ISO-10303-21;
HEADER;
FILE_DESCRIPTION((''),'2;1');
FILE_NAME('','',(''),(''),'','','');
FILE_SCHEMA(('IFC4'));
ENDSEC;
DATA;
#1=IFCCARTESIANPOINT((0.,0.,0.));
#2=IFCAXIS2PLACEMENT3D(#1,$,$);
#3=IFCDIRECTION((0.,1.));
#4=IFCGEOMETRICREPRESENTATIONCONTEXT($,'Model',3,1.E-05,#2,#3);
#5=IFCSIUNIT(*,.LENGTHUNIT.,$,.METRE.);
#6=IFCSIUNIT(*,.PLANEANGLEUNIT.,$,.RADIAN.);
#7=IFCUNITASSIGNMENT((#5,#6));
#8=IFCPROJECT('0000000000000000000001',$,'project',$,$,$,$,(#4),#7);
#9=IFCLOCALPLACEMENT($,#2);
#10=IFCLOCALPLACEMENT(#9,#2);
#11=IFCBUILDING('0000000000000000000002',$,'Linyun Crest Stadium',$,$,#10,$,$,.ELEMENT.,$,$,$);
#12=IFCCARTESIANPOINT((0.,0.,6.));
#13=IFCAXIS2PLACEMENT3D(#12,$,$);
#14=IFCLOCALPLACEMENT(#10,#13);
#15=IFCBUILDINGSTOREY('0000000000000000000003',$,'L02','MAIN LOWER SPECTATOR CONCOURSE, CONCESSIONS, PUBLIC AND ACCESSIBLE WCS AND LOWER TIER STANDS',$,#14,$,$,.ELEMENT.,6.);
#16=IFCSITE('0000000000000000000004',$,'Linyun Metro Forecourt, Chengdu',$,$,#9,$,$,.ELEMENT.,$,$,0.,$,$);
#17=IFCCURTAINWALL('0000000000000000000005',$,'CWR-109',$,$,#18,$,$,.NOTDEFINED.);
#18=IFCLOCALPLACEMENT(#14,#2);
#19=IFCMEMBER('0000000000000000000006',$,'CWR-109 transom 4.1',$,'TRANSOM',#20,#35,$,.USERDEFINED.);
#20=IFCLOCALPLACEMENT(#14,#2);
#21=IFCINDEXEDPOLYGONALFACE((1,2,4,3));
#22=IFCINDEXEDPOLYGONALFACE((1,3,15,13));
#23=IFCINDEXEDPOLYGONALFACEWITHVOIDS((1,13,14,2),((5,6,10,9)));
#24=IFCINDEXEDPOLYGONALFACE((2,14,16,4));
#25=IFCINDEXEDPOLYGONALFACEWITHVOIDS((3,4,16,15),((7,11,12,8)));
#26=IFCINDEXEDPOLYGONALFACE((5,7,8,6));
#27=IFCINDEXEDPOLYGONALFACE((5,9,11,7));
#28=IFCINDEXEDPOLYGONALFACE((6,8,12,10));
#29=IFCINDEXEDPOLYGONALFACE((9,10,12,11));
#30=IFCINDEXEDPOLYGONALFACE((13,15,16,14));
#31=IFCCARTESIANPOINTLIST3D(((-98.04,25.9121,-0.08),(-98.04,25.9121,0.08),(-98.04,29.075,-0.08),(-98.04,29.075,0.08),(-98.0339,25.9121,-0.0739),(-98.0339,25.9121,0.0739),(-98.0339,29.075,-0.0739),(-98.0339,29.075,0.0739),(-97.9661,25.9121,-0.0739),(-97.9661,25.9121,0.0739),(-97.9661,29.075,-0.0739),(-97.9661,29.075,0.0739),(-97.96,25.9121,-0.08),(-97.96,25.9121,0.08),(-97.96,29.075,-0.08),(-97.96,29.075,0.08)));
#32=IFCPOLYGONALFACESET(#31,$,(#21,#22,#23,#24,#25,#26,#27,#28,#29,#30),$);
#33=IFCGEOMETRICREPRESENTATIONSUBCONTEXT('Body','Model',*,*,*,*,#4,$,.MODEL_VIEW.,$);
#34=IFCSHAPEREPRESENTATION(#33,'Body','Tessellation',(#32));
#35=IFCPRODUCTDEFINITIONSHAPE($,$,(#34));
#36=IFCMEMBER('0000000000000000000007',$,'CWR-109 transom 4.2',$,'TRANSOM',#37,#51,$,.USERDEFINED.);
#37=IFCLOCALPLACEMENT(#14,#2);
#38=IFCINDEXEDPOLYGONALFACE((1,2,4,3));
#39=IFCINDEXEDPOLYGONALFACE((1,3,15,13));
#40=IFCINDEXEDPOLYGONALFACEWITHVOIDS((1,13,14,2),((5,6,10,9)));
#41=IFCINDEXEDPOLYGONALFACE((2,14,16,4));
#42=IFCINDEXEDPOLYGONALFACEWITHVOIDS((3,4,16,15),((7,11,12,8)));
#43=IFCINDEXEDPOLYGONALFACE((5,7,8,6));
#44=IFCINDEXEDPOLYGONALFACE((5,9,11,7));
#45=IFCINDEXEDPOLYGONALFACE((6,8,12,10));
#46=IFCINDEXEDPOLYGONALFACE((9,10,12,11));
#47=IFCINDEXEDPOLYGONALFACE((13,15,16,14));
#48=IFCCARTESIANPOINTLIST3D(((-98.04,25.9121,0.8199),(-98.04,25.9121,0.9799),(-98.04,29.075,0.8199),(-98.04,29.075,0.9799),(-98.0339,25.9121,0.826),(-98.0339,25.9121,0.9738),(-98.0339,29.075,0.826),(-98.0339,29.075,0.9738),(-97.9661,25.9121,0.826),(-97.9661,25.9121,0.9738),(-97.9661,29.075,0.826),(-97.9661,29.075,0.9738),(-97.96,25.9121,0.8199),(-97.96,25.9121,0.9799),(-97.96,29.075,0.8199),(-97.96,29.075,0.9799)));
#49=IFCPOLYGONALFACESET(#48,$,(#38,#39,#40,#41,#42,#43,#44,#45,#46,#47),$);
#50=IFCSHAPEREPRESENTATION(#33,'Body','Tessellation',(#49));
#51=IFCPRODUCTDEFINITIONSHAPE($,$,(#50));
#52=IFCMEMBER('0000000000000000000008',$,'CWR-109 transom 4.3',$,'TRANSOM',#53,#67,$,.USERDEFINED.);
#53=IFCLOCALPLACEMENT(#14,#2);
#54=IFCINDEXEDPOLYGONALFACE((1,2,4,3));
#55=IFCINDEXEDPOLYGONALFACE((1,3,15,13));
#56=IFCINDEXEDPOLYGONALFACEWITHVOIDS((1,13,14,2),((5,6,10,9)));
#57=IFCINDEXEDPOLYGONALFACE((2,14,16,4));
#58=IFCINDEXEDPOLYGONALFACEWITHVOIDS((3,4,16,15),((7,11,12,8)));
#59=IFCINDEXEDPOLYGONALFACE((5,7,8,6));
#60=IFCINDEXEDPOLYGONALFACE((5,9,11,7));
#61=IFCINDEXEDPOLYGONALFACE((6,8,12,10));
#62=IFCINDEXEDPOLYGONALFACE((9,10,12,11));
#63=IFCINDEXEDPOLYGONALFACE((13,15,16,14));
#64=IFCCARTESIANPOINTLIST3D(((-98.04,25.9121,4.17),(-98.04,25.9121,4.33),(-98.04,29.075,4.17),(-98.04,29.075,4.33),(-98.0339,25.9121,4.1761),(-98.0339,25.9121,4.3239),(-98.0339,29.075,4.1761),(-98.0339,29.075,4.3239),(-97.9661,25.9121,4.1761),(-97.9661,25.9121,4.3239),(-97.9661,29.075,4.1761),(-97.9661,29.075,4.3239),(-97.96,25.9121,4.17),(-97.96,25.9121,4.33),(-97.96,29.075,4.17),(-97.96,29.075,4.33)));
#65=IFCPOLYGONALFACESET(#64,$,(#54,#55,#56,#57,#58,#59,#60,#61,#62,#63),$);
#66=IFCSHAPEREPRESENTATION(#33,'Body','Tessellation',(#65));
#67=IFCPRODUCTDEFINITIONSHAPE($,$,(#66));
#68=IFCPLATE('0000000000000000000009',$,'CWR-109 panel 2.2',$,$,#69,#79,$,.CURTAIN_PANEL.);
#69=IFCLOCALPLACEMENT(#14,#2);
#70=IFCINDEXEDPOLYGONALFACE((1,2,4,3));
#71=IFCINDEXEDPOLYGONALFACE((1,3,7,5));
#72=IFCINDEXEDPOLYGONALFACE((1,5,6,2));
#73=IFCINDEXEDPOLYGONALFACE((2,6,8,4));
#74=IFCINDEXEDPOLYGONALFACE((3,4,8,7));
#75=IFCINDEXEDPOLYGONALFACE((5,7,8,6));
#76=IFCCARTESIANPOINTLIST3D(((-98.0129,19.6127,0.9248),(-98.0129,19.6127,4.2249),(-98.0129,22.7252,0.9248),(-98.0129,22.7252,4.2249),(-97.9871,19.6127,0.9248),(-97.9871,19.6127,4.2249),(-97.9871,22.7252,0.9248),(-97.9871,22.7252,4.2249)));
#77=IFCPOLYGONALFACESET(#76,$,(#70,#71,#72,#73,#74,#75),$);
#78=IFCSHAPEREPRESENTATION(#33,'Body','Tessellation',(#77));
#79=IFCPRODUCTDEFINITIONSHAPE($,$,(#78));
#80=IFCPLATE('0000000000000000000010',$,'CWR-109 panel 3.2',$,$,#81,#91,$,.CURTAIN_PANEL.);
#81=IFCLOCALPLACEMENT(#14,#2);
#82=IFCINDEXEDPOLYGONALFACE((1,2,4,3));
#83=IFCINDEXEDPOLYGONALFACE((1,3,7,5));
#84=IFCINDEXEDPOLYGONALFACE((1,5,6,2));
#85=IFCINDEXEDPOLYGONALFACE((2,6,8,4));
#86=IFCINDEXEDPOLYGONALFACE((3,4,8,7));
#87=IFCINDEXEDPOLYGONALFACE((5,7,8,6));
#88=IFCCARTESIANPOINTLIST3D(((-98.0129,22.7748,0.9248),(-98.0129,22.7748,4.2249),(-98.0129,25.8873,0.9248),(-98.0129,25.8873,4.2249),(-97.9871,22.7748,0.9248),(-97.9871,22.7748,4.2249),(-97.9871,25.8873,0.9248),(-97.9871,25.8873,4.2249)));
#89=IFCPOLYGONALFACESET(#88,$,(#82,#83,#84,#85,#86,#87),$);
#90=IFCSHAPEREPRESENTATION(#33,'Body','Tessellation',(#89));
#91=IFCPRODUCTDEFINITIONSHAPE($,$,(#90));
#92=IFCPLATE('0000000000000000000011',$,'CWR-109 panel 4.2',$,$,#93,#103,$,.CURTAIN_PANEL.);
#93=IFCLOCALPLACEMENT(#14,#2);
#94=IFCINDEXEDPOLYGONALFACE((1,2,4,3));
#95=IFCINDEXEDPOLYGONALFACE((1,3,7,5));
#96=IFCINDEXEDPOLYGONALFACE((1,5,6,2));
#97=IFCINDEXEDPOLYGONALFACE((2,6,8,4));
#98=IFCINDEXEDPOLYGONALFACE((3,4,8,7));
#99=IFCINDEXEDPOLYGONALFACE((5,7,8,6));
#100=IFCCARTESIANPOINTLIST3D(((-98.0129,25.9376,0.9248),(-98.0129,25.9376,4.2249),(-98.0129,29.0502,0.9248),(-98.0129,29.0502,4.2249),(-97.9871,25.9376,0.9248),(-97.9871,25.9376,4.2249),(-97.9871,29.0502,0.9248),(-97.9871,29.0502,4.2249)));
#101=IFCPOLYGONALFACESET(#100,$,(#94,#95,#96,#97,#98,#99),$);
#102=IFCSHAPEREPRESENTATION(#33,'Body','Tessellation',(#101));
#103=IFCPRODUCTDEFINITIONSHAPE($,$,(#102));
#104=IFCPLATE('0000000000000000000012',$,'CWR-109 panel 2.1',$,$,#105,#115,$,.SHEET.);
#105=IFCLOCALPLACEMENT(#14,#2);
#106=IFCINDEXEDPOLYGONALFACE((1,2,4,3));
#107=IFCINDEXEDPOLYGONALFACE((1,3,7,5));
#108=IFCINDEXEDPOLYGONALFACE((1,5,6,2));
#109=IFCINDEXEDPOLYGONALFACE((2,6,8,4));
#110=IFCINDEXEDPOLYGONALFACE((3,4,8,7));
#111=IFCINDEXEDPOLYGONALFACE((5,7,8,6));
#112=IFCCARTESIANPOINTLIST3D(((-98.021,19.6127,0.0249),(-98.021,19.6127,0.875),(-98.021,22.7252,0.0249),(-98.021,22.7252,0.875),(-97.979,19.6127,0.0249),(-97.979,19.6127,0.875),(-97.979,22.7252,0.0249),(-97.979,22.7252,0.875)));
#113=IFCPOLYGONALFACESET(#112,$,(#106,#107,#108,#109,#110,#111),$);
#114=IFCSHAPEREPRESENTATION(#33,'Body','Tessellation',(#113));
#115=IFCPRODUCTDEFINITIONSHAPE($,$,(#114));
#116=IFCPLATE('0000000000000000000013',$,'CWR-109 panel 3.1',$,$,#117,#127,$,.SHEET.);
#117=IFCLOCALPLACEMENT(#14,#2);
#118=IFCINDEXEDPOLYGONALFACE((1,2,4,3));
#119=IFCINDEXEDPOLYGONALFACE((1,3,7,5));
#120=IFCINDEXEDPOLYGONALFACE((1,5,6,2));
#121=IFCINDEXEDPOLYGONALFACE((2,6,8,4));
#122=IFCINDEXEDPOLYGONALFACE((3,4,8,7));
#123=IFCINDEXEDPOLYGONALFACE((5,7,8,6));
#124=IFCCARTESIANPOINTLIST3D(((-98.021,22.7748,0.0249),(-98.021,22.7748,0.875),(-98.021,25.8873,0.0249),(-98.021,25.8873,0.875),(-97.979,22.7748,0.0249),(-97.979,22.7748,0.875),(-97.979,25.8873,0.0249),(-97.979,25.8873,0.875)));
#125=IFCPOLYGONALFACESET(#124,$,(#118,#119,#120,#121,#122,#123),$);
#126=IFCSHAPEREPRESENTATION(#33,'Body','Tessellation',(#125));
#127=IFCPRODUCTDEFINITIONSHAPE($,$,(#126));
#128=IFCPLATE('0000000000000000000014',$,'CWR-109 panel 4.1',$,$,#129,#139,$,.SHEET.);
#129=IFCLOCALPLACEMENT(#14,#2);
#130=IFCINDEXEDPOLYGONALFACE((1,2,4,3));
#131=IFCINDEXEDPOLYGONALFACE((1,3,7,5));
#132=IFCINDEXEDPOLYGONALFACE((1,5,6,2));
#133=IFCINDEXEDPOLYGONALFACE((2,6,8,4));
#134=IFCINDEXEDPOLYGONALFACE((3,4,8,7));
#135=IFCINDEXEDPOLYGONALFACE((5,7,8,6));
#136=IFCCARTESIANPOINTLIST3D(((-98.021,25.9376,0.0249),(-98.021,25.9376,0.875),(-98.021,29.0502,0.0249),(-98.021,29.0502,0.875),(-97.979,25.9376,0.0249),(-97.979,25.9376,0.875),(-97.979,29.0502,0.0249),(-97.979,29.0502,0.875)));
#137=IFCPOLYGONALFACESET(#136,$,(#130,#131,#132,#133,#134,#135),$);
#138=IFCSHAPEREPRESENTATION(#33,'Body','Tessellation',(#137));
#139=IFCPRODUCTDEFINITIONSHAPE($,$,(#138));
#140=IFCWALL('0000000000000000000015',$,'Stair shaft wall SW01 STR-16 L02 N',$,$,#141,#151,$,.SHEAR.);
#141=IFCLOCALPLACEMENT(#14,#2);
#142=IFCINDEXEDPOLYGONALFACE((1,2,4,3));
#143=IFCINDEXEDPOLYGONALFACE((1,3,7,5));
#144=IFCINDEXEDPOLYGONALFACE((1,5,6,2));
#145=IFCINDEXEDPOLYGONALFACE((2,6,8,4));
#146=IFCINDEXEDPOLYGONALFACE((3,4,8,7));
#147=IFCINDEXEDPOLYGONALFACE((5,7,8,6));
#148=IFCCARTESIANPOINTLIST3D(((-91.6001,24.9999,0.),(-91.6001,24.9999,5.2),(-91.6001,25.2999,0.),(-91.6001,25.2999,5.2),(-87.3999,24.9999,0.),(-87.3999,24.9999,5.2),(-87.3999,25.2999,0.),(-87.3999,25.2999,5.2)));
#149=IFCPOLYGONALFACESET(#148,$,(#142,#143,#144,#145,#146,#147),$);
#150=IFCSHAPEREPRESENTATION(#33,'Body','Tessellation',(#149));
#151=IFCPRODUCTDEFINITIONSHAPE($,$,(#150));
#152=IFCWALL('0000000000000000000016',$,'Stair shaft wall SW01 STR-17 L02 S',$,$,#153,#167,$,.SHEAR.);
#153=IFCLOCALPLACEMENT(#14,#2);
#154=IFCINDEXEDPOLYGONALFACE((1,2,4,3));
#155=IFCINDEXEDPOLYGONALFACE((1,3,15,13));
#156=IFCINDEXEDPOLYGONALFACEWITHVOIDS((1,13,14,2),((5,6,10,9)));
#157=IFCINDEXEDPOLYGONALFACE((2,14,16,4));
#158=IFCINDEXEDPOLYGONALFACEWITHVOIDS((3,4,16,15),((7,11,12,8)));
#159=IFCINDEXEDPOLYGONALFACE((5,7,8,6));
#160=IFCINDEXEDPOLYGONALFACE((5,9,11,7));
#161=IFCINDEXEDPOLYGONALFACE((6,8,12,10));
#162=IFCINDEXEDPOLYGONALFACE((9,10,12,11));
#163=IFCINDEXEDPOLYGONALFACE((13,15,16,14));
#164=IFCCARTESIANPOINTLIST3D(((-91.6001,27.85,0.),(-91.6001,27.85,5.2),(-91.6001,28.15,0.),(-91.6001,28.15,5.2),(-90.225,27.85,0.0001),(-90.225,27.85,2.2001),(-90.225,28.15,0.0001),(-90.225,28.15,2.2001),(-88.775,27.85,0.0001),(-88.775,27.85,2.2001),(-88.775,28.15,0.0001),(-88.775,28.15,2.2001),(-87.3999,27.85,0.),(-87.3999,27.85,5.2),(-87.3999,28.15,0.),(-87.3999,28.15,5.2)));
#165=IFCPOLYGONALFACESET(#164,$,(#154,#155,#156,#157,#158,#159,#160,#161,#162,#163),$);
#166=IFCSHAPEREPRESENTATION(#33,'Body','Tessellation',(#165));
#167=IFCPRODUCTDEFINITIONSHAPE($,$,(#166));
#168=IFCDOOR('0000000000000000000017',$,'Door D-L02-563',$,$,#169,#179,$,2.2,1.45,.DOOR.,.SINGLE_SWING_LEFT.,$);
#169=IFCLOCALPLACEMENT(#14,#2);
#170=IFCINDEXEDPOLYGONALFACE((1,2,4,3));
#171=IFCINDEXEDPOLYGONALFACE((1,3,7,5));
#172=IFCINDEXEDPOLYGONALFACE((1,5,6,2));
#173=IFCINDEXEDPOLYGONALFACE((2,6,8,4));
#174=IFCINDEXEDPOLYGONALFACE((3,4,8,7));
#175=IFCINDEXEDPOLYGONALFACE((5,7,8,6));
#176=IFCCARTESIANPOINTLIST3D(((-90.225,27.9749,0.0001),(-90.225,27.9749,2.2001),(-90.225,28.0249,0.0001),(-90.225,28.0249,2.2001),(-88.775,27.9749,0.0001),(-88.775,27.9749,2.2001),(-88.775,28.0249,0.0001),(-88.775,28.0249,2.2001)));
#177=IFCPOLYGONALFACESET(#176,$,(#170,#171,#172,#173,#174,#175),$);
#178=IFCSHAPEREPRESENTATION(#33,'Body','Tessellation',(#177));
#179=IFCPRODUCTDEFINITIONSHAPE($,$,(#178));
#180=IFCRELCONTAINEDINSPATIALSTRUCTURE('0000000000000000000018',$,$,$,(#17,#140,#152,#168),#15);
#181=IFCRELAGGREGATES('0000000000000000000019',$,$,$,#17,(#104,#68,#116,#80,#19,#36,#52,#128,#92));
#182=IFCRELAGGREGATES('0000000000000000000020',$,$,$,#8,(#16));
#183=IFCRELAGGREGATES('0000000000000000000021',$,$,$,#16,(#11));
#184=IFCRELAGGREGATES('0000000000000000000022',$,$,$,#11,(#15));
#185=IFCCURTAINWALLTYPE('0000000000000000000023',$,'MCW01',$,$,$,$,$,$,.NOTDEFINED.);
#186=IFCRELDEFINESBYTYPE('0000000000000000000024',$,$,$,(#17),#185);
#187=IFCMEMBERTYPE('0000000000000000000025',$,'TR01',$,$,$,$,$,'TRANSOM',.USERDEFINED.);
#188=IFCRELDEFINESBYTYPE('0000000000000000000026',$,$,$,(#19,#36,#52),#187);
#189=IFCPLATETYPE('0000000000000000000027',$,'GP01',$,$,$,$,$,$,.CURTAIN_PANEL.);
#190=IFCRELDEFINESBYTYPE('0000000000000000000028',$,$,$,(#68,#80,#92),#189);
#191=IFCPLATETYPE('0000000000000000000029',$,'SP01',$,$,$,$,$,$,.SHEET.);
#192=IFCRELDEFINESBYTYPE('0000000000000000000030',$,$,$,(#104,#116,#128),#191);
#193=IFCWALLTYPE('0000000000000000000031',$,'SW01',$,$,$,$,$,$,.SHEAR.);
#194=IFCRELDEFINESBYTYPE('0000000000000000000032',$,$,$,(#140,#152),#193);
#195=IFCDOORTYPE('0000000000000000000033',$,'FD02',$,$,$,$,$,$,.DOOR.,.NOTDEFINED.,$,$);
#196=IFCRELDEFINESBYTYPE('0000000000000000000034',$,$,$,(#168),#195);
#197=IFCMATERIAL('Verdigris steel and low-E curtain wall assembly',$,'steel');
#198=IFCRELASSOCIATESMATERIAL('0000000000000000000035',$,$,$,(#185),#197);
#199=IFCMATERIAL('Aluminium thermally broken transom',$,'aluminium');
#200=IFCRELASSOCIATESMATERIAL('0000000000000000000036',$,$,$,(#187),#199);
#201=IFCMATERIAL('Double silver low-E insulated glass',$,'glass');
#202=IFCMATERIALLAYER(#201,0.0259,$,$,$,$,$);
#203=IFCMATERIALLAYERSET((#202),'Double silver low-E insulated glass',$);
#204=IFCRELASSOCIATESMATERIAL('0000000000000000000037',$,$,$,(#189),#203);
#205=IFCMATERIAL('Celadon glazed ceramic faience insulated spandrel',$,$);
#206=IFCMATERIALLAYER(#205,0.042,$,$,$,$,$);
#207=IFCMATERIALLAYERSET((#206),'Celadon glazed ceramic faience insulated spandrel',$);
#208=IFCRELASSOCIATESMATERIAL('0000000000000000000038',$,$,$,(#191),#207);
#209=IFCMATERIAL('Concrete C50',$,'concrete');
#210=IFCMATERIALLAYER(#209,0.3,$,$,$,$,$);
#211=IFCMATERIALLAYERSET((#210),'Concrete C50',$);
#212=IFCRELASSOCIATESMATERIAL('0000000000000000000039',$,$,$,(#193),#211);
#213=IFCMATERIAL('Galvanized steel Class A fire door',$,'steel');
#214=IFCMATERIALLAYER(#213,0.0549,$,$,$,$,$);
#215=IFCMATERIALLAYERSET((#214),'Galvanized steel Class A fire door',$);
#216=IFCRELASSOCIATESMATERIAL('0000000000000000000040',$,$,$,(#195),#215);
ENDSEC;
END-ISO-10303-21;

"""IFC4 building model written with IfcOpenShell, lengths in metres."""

from ifc_helpers import new_model, si_unit, direction, frame, frame_2d, origin, origin_2d, place, context, subcontext, project, spatial, rectangle, hollow_rectangle, extrude, material, layer, layer_set, material_profile, profile_set, type_object, element, fill, aggregate, save


model = new_model("IFC4")

# Units and contexts
model_context = context("Model", 3, precision=1e-05, world=origin(), true_north=direction((0.0, 1.0)))
body_context = subcontext(model_context, "Body", "Model", "MODEL_VIEW")
ifc_project = project(units=[si_unit("LENGTHUNIT", "METRE"), si_unit("PLANEANGLEUNIT", "RADIAN")], contexts=[model_context])

# Site, building, storey
site_placement = place(None, origin())
site = spatial("IfcSite", under=ifc_project, at=site_placement, Name="Linyun Metro Forecourt, Chengdu", CompositionType="ELEMENT", RefElevation=0.0)
building_placement = place(site_placement, origin())
building = spatial("IfcBuilding", under=site, at=building_placement, Name="Linyun Crest Stadium", CompositionType="ELEMENT")
storey_placement = place(building_placement, frame((0.0, 0.0, 6.0)))
storey = spatial("IfcBuildingStorey", under=building, at=storey_placement, Name="L02", Description="MAIN LOWER SPECTATOR CONCOURSE, CONCESSIONS, PUBLIC AND ACCESSIBLE WCS AND LOWER TIER STANDS", CompositionType="ELEMENT", Elevation=6.0)

# Curtain wall
ifc_material_1 = material(Name="Verdigris steel and low-E curtain wall assembly", Category="steel")
curtain_wall_type = type_object("IfcCurtainWallType", Name="MCW01", PredefinedType="NOTDEFINED", material=ifc_material_1)
curtain_wall_1_placement = place(storey_placement, origin())
curtain_wall_1 = element("IfcCurtainWall", 1, at=curtain_wall_1_placement, inside=storey, type_object=curtain_wall_type, Name="CWR-109", PredefinedType="NOTDEFINED")

# Members
ifc_material_2 = material(Name="Aluminium thermally broken transom", Category="aluminium")
ifc_material_profile_1 = material_profile(ifc_material_2, hollow_rectangle(XDim=0.0801, YDim=0.1599, WallThickness=0.0061, at=origin_2d()), Name="RHS 160x80x6")
ifc_profile_set_1 = profile_set([ifc_material_profile_1], Name="Aluminium thermally broken transom")
member_type_1 = type_object("IfcMemberType", Name="TR01", ElementType="TRANSOM", PredefinedType="USERDEFINED", material=ifc_profile_set_1)
member_1_placement = place(storey_placement, frame((-98.0, 25.9121, 0.0), z_axis=(0.0, 1.0, 0.0), x_axis=(-1.0, 0.0, 0.0)))
member_1 = element("IfcMember", 2, at=member_1_placement, type_object=member_type_1, Name="CWR-109 transom 4.1", ObjectType="TRANSOM", PredefinedType="USERDEFINED", context=body_context, shape_type="SweptSolid", body=[
    extrude(hollow_rectangle(XDim=0.0801, YDim=0.1599, WallThickness=0.0061, at=origin_2d()), origin(), (0.0, 0.0, 1.0), 3.1628),
])
member_2_placement = place(storey_placement, frame((-98.0, 25.9121, 0.8999), z_axis=(0.0, 1.0, 0.0), x_axis=(-1.0, 0.0, 0.0)))
member_2 = element("IfcMember", 3, at=member_2_placement, type_object=member_type_1, Name="CWR-109 transom 4.2", ObjectType="TRANSOM", PredefinedType="USERDEFINED", context=body_context, shape_type="SweptSolid", body=[
    extrude(hollow_rectangle(XDim=0.0801, YDim=0.1599, WallThickness=0.0061, at=origin_2d()), origin(), (0.0, 0.0, 1.0), 3.1628),
])
member_3_placement = place(storey_placement, frame((-98.0, 25.9121, 4.25), z_axis=(0.0, 1.0, 0.0), x_axis=(-1.0, 0.0, 0.0)))
member_3 = element("IfcMember", 4, at=member_3_placement, type_object=member_type_1, Name="CWR-109 transom 4.3", ObjectType="TRANSOM", PredefinedType="USERDEFINED", context=body_context, shape_type="SweptSolid", body=[
    extrude(hollow_rectangle(XDim=0.0801, YDim=0.1599, WallThickness=0.0061, at=origin_2d()), origin(), (0.0, 0.0, 1.0), 3.1628),
])

# Plates
ifc_material_3 = material(Name="Double silver low-E insulated glass", Category="glass")
ifc_layer_1 = layer(ifc_material_3, 0.0259)
ifc_layer_set_1 = layer_set([ifc_layer_1], Name="Double silver low-E insulated glass")
plate_type_1 = type_object("IfcPlateType", Name="GP01", PredefinedType="CURTAIN_PANEL", material=ifc_layer_set_1)
plate_1_placement = place(storey_placement, frame((-98.0, 21.1689, 0.9248), z_axis=(0.0, 0.0, 1.0), x_axis=(0.0, 1.0, 0.0)))
plate_1 = element("IfcPlate", 5, at=plate_1_placement, type_object=plate_type_1, Name="CWR-109 panel 2.2", PredefinedType="CURTAIN_PANEL", context=body_context, shape_type="SweptSolid", body=[
    extrude(rectangle(XDim=3.1125, YDim=0.0259, at=origin_2d()), origin(), (0.0, 0.0, 1.0), 3.3),
])
plate_2_placement = place(storey_placement, frame((-98.0, 24.3311, 0.9248), z_axis=(0.0, 0.0, 1.0), x_axis=(0.0, 1.0, 0.0)))
plate_2 = element("IfcPlate", 6, at=plate_2_placement, type_object=plate_type_1, Name="CWR-109 panel 3.2", PredefinedType="CURTAIN_PANEL", context=body_context, shape_type="SweptSolid", body=[
    extrude(rectangle(XDim=3.1125, YDim=0.0259, at=origin_2d()), origin(), (0.0, 0.0, 1.0), 3.3),
])
plate_3_placement = place(storey_placement, frame((-98.0, 27.4939, 0.9248), z_axis=(0.0, 0.0, 1.0), x_axis=(0.0, 1.0, 0.0)))
plate_3 = element("IfcPlate", 7, at=plate_3_placement, type_object=plate_type_1, Name="CWR-109 panel 4.2", PredefinedType="CURTAIN_PANEL", context=body_context, shape_type="SweptSolid", body=[
    extrude(rectangle(XDim=3.1125, YDim=0.0259, at=origin_2d()), origin(), (0.0, 0.0, 1.0), 3.3),
])
ifc_material_4 = material(Name="Celadon glazed ceramic faience insulated spandrel")
ifc_layer_2 = layer(ifc_material_4, 0.042)
ifc_layer_set_2 = layer_set([ifc_layer_2], Name="Celadon glazed ceramic faience insulated spandrel")
plate_type_2 = type_object("IfcPlateType", Name="SP01", PredefinedType="SHEET", material=ifc_layer_set_2)
plate_4_placement = place(storey_placement, frame((-98.0, 21.1689, 0.0249), z_axis=(0.0, 0.0, 1.0), x_axis=(0.0, 1.0, 0.0)))
plate_4 = element("IfcPlate", 8, at=plate_4_placement, type_object=plate_type_2, Name="CWR-109 panel 2.1", PredefinedType="SHEET", context=body_context, shape_type="SweptSolid", body=[
    extrude(rectangle(XDim=3.1125, YDim=0.042, at=origin_2d()), origin(), (0.0, 0.0, 1.0), 0.8501),
])
plate_5_placement = place(storey_placement, frame((-98.0, 24.3311, 0.0249), z_axis=(0.0, 0.0, 1.0), x_axis=(0.0, 1.0, 0.0)))
plate_5 = element("IfcPlate", 9, at=plate_5_placement, type_object=plate_type_2, Name="CWR-109 panel 3.1", PredefinedType="SHEET", context=body_context, shape_type="SweptSolid", body=[
    extrude(rectangle(XDim=3.1125, YDim=0.042, at=origin_2d()), origin(), (0.0, 0.0, 1.0), 0.8501),
])
plate_6_placement = place(storey_placement, frame((-98.0, 27.4939, 0.0249), z_axis=(0.0, 0.0, 1.0), x_axis=(0.0, 1.0, 0.0)))
plate_6 = element("IfcPlate", 10, at=plate_6_placement, type_object=plate_type_2, Name="CWR-109 panel 4.1", PredefinedType="SHEET", context=body_context, shape_type="SweptSolid", body=[
    extrude(rectangle(XDim=3.1125, YDim=0.042, at=origin_2d()), origin(), (0.0, 0.0, 1.0), 0.8501),
])
aggregate(curtain_wall_1, [plate_4, plate_1, plate_5, plate_2, member_1, member_2, member_3, plate_6, plate_3])

# Wall
ifc_material_5 = material(Name="Concrete C50", Category="concrete")
ifc_layer_3 = layer(ifc_material_5, 0.3)
ifc_layer_set_3 = layer_set([ifc_layer_3], Name="Concrete C50")
wall_type = type_object("IfcWallType", Name="SW01", PredefinedType="SHEAR", material=ifc_layer_set_3)
wall_1_placement = place(storey_placement, frame((-91.6001, 25.1499, 0.0), z_axis=(0.0, 0.0, 1.0), x_axis=(1.0, 0.0, 0.0)))
element("IfcWall", 11, at=wall_1_placement, inside=storey, type_object=wall_type, Name="Stair shaft wall SW01 STR-16 L02 N", PredefinedType="SHEAR", context=body_context, shape_type="SweptSolid", body=[
    extrude(rectangle(XDim=4.2002, YDim=0.3, at=frame_2d((2.1001, 0.0))), origin(), (0.0, 0.0, 1.0), 5.2),
])

# Wall, opening, door
wall_2_placement = place(storey_placement, frame((-91.6001, 28.0, 0.0), z_axis=(0.0, 0.0, 1.0), x_axis=(1.0, 0.0, 0.0)))
wall_2 = element("IfcWall", 12, at=wall_2_placement, inside=storey, type_object=wall_type, Name="Stair shaft wall SW01 STR-17 L02 S", PredefinedType="SHEAR", context=body_context, shape_type="SweptSolid", body=[
    extrude(rectangle(XDim=4.2002, YDim=0.3, at=frame_2d((2.1001, 0.0))), origin(), (0.0, 0.0, 1.0), 5.2),
])
opening_placement = place(wall_2_placement, frame((1.375, 0.0, 0.0)))
opening = element("IfcOpeningElement", 13, at=opening_placement, cuts=wall_2, PredefinedType="OPENING", context=body_context, shape_type="SweptSolid", body=[
    extrude(rectangle(XDim=1.45, YDim=2.2, at=frame_2d((0.7251, 1.1001))), frame((0.0, 0.1599, 0.0), z_axis=(0.0, -1.0, 0.0), x_axis=(1.0, 0.0, 0.0)), (0.0, 0.0, 1.0), 0.3201),
])
ifc_material_6 = material(Name="Galvanized steel Class A fire door", Category="steel")
ifc_layer_4 = layer(ifc_material_6, 0.0549)
ifc_layer_set_4 = layer_set([ifc_layer_4], Name="Galvanized steel Class A fire door")
door_type = type_object("IfcDoorType", Name="FD02", OperationType="NOTDEFINED", PredefinedType="DOOR", material=ifc_layer_set_4)
door_placement = place(opening_placement, origin())
door = element("IfcDoor", 14, at=door_placement, inside=storey, type_object=door_type, Name="Door D-L02-563", OperationType="SINGLE_SWING_LEFT", OverallHeight=2.2, OverallWidth=1.45, PredefinedType="DOOR", context=body_context, shape_type="SweptSolid", body=[
    extrude(rectangle(XDim=1.45, YDim=2.2, at=frame_2d((0.7251, 1.1001))), frame((0.0, 0.0249, 0.0), z_axis=(0.0, -1.0, 0.0), x_axis=(1.0, 0.0, 0.0)), (0.0, 0.0, 1.0), 0.05),
])
fill(opening, door)

save(model, "model.ifc")
